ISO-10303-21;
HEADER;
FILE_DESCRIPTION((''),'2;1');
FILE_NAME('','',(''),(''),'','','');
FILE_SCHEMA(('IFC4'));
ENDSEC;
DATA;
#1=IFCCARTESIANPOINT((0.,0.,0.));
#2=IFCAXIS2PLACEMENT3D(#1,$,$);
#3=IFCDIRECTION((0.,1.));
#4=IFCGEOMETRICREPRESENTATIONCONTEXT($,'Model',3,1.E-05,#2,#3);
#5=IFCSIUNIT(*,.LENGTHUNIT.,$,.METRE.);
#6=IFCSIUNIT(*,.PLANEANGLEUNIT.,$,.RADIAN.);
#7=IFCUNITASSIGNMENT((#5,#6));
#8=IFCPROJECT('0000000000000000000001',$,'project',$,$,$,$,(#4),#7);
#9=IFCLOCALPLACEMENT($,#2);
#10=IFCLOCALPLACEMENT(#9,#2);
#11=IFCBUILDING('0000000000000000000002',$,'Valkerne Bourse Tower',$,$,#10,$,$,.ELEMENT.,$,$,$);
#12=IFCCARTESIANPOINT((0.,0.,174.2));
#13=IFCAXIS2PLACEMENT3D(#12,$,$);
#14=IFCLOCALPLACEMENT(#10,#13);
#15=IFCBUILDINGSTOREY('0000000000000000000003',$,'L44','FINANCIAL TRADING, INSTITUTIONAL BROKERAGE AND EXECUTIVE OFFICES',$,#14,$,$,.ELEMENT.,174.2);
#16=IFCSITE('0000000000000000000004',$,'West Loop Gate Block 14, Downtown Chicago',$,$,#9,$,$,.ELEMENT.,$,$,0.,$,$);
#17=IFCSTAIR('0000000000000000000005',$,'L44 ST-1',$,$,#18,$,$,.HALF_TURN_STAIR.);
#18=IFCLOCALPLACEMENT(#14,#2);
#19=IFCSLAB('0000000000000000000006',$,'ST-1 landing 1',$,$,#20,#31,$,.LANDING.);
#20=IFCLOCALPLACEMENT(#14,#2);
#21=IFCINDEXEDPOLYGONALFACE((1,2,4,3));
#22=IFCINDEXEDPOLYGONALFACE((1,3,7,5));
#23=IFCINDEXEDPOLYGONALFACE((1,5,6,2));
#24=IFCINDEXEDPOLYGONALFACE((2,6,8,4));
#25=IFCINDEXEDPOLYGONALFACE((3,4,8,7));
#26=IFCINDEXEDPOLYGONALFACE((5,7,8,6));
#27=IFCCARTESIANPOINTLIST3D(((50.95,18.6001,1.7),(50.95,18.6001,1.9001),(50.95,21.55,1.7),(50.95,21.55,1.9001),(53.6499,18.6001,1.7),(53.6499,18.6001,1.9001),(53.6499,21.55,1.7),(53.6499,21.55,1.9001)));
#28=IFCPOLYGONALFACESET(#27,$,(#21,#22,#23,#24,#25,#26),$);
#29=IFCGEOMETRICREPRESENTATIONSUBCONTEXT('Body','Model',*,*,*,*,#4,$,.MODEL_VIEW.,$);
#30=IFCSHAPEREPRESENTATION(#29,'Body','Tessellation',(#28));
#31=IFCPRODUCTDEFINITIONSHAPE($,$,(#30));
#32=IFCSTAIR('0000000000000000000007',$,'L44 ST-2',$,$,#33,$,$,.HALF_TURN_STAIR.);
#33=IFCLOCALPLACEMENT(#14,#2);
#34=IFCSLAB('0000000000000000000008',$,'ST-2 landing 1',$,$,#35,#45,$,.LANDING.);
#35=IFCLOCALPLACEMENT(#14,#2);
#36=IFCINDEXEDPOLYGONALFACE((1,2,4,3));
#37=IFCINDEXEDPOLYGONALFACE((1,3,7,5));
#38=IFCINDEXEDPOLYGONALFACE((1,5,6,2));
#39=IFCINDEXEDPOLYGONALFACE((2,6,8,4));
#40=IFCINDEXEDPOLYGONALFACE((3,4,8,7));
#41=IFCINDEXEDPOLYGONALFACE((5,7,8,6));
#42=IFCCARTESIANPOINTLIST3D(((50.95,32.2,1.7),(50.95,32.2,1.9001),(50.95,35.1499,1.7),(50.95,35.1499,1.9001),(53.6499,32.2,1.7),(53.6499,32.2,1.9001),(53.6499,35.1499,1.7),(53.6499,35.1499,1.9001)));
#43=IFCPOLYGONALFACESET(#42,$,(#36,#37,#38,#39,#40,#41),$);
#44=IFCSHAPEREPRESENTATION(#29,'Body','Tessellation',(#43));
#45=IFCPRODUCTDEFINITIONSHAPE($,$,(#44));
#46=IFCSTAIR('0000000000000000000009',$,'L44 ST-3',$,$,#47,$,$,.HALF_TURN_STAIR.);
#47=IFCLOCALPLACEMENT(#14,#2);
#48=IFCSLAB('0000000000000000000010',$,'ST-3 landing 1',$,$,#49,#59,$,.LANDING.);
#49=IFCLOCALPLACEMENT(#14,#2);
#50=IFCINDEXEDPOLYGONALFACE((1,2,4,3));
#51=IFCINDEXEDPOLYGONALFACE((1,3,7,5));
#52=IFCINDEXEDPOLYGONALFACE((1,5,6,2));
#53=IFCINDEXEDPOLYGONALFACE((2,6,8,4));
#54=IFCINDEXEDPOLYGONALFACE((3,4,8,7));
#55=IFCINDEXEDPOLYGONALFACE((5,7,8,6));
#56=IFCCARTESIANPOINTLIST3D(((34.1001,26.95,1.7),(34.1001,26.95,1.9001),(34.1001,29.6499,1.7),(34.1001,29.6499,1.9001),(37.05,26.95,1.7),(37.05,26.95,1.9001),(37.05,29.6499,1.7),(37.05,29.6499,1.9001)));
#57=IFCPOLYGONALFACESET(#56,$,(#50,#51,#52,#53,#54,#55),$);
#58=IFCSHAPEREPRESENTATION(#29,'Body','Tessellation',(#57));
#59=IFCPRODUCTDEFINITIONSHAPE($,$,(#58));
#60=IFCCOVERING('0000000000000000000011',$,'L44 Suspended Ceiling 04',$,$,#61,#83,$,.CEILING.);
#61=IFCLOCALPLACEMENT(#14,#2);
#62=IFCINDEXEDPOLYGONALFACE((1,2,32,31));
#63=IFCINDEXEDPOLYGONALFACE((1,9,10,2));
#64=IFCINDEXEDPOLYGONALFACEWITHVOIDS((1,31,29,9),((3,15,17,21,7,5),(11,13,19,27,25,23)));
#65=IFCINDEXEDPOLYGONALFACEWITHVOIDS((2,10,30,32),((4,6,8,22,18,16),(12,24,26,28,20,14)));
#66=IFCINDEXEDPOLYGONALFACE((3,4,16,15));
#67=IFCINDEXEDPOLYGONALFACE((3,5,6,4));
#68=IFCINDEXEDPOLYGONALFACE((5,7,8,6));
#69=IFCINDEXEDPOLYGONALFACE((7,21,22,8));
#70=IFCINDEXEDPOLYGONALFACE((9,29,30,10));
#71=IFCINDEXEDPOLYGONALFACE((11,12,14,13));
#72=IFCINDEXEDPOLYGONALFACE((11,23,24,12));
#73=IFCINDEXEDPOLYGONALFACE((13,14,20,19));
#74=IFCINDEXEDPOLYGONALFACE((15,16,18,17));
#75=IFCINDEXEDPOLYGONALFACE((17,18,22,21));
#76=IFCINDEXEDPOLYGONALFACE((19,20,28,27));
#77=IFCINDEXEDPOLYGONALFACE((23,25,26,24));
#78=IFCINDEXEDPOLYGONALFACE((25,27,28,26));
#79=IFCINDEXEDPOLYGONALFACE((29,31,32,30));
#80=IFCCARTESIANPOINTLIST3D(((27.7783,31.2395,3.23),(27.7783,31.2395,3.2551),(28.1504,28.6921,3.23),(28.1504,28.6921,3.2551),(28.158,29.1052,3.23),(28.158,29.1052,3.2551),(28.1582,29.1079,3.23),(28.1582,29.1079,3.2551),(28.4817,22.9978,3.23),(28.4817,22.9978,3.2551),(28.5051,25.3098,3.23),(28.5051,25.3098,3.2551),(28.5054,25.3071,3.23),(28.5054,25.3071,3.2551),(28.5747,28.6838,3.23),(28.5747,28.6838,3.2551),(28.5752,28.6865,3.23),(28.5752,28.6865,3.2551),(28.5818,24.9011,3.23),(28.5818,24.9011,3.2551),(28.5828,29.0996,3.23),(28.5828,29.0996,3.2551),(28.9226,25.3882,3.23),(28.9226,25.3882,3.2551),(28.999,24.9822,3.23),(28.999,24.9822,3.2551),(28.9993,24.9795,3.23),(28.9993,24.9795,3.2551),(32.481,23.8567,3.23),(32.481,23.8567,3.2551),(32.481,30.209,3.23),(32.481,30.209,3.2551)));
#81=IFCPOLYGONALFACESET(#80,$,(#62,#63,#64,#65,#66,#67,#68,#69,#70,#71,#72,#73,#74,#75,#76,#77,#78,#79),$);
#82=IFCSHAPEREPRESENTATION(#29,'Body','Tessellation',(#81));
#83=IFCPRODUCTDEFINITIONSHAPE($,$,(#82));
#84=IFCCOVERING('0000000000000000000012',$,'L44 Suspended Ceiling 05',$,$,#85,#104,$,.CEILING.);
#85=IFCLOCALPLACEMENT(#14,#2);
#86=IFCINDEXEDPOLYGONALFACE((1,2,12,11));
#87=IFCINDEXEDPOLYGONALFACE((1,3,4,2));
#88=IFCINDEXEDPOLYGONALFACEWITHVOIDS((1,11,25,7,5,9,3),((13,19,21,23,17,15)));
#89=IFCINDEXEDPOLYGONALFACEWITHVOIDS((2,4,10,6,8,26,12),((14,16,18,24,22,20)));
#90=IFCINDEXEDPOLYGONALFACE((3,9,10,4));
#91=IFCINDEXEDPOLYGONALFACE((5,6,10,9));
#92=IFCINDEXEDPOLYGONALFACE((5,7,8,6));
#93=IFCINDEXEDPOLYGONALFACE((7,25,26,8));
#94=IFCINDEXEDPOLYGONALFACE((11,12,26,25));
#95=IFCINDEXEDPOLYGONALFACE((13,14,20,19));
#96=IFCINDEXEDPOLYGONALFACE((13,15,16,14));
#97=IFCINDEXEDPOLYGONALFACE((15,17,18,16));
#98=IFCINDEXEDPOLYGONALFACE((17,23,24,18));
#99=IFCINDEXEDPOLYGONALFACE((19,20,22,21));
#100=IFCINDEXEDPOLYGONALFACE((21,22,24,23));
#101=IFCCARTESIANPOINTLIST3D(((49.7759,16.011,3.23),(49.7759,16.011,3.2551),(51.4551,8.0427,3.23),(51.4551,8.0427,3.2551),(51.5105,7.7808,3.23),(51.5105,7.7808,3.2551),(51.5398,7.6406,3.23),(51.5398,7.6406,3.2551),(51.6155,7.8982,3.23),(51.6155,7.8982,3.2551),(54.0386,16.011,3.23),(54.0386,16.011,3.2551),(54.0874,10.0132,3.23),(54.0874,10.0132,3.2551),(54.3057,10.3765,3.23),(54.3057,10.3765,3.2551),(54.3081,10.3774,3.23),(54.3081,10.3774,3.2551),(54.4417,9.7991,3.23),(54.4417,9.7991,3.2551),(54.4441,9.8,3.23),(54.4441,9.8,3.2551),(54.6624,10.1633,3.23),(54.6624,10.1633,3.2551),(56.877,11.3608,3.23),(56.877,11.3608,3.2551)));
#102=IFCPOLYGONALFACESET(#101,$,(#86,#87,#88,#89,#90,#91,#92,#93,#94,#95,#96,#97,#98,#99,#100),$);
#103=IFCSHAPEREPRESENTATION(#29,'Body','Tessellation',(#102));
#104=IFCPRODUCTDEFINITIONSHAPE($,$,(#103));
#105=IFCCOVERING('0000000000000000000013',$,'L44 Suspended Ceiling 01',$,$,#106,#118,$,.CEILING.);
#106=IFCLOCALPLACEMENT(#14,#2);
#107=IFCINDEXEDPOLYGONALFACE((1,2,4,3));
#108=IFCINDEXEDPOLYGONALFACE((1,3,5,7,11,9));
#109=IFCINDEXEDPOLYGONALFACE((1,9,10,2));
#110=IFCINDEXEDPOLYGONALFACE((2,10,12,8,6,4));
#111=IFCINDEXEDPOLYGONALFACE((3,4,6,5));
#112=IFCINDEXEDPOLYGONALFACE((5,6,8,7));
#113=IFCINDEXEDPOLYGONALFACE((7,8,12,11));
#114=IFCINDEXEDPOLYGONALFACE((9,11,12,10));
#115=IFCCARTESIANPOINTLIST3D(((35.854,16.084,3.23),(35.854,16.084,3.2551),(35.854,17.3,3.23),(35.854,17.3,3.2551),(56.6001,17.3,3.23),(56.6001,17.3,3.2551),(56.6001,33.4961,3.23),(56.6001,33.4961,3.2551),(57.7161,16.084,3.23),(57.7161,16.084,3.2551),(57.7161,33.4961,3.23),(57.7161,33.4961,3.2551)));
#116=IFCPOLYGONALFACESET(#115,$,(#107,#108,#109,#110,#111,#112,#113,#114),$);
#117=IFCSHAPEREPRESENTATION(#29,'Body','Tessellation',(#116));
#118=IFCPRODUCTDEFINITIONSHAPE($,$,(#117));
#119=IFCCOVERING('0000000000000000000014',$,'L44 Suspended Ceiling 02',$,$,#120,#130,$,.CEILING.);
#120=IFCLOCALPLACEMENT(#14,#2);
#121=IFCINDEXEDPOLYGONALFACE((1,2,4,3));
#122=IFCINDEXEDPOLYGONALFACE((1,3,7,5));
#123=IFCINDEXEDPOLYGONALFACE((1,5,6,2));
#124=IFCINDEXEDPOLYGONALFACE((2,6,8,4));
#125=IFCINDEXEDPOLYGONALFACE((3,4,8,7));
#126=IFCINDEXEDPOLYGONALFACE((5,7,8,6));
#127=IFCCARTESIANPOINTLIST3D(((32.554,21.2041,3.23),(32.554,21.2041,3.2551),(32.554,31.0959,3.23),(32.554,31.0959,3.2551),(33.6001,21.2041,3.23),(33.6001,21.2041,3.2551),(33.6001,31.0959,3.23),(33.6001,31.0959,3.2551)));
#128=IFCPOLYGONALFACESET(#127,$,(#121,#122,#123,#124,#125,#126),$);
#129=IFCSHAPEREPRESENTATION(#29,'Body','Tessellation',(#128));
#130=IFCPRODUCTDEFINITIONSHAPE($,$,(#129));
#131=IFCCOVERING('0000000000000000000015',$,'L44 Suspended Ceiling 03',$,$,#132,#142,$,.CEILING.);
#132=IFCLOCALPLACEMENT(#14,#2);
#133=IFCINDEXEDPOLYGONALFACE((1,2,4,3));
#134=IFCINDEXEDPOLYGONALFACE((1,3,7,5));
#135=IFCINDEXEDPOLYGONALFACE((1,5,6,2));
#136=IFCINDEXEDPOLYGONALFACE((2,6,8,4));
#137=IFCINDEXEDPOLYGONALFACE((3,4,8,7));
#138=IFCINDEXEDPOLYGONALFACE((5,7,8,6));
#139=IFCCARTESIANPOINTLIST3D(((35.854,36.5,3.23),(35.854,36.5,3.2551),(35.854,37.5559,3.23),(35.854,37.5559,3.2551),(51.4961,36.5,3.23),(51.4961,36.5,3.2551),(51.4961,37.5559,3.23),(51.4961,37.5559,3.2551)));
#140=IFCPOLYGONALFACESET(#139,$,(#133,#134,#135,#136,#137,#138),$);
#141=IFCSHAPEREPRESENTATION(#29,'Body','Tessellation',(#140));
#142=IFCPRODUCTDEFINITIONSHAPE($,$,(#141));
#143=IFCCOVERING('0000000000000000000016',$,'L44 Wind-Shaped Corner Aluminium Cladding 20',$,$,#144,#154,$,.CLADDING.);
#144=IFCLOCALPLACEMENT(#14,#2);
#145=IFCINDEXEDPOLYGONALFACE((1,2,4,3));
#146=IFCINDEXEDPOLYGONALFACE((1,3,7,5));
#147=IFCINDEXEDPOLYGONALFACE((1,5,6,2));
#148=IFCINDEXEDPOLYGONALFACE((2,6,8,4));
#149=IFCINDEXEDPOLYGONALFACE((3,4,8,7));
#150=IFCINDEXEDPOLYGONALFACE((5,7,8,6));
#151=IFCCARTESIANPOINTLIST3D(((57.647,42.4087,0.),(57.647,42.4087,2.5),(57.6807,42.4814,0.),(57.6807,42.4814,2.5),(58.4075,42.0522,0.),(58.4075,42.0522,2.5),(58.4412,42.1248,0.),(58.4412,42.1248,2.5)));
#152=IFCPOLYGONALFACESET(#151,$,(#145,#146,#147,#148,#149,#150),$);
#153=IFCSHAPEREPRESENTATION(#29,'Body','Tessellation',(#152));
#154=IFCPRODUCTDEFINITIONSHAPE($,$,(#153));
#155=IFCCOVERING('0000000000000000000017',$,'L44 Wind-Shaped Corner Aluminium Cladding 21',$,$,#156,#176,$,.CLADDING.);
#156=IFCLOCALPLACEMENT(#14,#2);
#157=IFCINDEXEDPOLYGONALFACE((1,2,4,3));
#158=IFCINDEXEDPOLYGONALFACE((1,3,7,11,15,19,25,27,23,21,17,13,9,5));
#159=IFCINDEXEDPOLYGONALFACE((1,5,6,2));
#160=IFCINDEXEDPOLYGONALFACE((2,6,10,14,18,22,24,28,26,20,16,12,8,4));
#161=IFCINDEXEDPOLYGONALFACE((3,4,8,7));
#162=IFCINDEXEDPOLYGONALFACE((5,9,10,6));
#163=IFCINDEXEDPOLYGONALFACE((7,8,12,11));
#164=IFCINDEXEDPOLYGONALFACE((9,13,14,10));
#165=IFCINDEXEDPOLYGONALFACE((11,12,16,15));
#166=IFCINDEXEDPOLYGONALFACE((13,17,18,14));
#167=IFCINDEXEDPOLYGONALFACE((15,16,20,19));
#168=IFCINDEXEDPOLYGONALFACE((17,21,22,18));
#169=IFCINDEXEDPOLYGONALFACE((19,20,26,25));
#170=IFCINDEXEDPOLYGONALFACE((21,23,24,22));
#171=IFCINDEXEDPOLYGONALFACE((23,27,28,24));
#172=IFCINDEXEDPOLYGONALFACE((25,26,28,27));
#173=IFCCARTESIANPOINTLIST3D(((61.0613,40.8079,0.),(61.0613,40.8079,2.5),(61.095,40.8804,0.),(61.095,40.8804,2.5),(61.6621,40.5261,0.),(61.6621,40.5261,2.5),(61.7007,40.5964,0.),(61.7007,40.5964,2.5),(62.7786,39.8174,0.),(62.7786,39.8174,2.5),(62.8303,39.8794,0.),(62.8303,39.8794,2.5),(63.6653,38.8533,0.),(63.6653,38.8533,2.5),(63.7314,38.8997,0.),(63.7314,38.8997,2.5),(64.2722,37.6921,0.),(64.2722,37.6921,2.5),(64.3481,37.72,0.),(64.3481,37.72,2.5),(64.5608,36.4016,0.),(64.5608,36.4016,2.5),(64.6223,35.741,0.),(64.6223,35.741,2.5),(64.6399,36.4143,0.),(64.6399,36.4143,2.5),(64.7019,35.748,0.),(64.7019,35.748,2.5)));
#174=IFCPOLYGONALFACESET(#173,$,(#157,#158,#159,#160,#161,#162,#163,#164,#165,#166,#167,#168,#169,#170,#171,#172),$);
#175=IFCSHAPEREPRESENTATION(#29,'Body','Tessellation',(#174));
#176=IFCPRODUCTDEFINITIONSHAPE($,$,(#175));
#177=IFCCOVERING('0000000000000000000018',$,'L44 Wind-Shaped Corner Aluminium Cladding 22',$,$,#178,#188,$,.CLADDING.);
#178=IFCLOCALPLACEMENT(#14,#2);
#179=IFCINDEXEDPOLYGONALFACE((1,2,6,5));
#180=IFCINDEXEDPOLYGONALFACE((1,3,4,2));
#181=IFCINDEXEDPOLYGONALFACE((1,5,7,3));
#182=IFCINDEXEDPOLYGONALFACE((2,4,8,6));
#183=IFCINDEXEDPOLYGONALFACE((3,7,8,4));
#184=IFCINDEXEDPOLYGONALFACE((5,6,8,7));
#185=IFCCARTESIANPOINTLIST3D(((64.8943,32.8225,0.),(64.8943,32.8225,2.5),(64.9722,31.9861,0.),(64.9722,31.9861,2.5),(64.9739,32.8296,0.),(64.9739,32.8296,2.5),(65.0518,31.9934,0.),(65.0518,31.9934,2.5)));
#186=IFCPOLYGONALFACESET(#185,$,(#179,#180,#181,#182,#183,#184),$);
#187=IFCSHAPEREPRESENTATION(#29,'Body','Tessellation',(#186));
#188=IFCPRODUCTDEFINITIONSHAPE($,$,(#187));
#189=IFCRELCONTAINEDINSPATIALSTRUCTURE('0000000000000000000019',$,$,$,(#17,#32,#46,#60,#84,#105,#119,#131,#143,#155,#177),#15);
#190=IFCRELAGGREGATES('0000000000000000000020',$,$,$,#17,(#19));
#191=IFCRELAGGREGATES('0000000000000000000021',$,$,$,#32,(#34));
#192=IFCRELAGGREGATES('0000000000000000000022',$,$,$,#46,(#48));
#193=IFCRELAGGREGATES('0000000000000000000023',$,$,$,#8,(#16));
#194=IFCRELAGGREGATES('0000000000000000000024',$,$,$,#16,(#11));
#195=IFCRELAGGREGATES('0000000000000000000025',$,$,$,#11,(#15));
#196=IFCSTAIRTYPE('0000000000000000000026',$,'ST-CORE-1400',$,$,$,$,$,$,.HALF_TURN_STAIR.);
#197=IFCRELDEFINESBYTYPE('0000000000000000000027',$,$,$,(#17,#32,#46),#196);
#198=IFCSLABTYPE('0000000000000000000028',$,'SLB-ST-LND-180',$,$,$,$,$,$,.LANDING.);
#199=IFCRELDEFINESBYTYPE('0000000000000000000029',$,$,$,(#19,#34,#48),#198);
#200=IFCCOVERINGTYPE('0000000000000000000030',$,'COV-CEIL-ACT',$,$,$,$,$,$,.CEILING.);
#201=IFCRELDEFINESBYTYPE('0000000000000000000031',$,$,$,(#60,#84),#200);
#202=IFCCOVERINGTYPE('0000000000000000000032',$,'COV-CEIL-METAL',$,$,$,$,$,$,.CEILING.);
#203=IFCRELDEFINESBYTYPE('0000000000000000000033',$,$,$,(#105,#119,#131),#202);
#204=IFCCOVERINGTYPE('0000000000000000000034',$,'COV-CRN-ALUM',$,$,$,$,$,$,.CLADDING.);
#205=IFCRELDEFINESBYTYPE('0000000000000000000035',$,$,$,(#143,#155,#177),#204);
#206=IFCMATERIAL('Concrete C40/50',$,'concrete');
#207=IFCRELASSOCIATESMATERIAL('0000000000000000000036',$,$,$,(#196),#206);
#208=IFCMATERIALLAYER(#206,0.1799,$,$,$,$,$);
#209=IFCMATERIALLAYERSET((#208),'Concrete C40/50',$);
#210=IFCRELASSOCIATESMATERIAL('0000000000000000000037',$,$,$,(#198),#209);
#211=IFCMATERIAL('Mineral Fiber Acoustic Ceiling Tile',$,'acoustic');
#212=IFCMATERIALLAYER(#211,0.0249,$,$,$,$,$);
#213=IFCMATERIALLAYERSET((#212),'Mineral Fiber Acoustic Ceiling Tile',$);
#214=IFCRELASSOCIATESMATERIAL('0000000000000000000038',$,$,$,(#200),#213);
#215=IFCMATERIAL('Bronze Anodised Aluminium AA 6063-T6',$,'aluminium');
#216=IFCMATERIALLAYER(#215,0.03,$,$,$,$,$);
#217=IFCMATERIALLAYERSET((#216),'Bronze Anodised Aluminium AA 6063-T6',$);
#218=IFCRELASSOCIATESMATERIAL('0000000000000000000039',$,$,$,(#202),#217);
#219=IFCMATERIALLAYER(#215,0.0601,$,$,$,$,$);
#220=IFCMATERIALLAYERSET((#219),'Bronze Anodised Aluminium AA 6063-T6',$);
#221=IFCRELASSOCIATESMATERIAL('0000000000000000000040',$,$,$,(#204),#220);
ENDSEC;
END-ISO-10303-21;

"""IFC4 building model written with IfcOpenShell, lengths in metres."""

from ifc_helpers import new_model, si_unit, direction, frame, origin, place, context, subcontext, project, spatial, polyline, outline, extrude, material, layer, layer_set, type_object, element, aggregate, save


model = new_model("IFC4")

# Units and contexts
model_context = context("Model", 3, precision=1e-05, world=origin(), true_north=direction((0.0, 1.0)))
body_context = subcontext(model_context, "Body", "Model", "MODEL_VIEW")
ifc_project = project(units=[si_unit("LENGTHUNIT", "METRE"), si_unit("PLANEANGLEUNIT", "RADIAN")], contexts=[model_context])

# Site, building, storey
site_placement = place(None, origin())
site = spatial("IfcSite", under=ifc_project, at=site_placement, Name="West Loop Gate Block 14, Downtown Chicago", CompositionType="ELEMENT", RefElevation=0.0)
building_placement = place(site_placement, origin())
building = spatial("IfcBuilding", under=site, at=building_placement, Name="Valkerne Bourse Tower", CompositionType="ELEMENT")
storey_placement = place(building_placement, frame((0.0, 0.0, 174.2)))
storey = spatial("IfcBuildingStorey", under=building, at=storey_placement, Name="L44", Description="FINANCIAL TRADING, INSTITUTIONAL BROKERAGE AND EXECUTIVE OFFICES", CompositionType="ELEMENT", Elevation=174.2)

# Stairs, slabs
ifc_material_1 = material(Name="Concrete C40/50", Category="concrete")
stair_type = type_object("IfcStairType", Name="ST-CORE-1400", PredefinedType="HALF_TURN_STAIR", material=ifc_material_1)
stair_1_placement = place(storey_placement, origin())
stair_1 = element("IfcStair", 1, at=stair_1_placement, inside=storey, type_object=stair_type, Name="L44 ST-1", PredefinedType="HALF_TURN_STAIR")
ifc_layer_1 = layer(ifc_material_1, 0.1799)
ifc_layer_set_1 = layer_set([ifc_layer_1], Name="Concrete C40/50")
slab_type = type_object("IfcSlabType", Name="SLB-ST-LND-180", PredefinedType="LANDING", material=ifc_layer_set_1)
slab_1_placement = place(storey_placement, frame((0.0, 0.0, 1.7)))
slab_1 = element("IfcSlab", 2, at=slab_1_placement, type_object=slab_type, Name="ST-1 landing 1", PredefinedType="LANDING", context=body_context, shape_type="SweptSolid", body=[
    extrude(outline(polyline([(50.95, 18.6001), (53.6499, 18.6001), (53.6499, 21.55), (50.95, 21.55), (50.95, 18.6001)])), origin(), (0.0, 0.0, 1.0), 0.2002),
])
aggregate(stair_1, [slab_1])
stair_2_placement = place(storey_placement, origin())
stair_2 = element("IfcStair", 3, at=stair_2_placement, inside=storey, type_object=stair_type, Name="L44 ST-2", PredefinedType="HALF_TURN_STAIR")
slab_2_placement = place(storey_placement, frame((0.0, 0.0, 1.7)))
slab_2 = element("IfcSlab", 4, at=slab_2_placement, type_object=slab_type, Name="ST-2 landing 1", PredefinedType="LANDING", context=body_context, shape_type="SweptSolid", body=[
    extrude(outline(polyline([(50.95, 32.2), (53.6499, 32.2), (53.6499, 35.1499), (50.95, 35.1499), (50.95, 32.2)])), origin(), (0.0, 0.0, 1.0), 0.2002),
])
aggregate(stair_2, [slab_2])
stair_3_placement = place(storey_placement, origin())
stair_3 = element("IfcStair", 5, at=stair_3_placement, inside=storey, type_object=stair_type, Name="L44 ST-3", PredefinedType="HALF_TURN_STAIR")
slab_3_placement = place(storey_placement, frame((0.0, 0.0, 1.7)))
slab_3 = element("IfcSlab", 6, at=slab_3_placement, type_object=slab_type, Name="ST-3 landing 1", PredefinedType="LANDING", context=body_context, shape_type="SweptSolid", body=[
    extrude(outline(polyline([(37.05, 26.95), (37.05, 29.6499), (34.1001, 29.6499), (34.1001, 26.95), (37.05, 26.95)])), origin(), (0.0, 0.0, 1.0), 0.2002),
])
aggregate(stair_3, [slab_3])

# Coverings
ifc_material_2 = material(Name="Mineral Fiber Acoustic Ceiling Tile", Category="acoustic")
ifc_layer_2 = layer(ifc_material_2, 0.0249)
ifc_layer_set_2 = layer_set([ifc_layer_2], Name="Mineral Fiber Acoustic Ceiling Tile")
covering_type_1 = type_object("IfcCoveringType", Name="COV-CEIL-ACT", PredefinedType="CEILING", material=ifc_layer_set_2)
covering_1_placement = place(storey_placement, frame((0.0, 0.0, 3.23)))
element("IfcCovering", 7, at=covering_1_placement, inside=storey, type_object=covering_type_1, Name="L44 Suspended Ceiling 04", PredefinedType="CEILING", context=body_context, shape_type="SweptSolid", body=[
    extrude(outline(polyline([(32.481, 23.8567), (28.4817, 22.9978), (27.7783, 31.2395), (32.481, 30.209), (32.481, 23.8567)]), holes=[polyline([(28.999, 24.9822), (28.9226, 25.3882), (28.5051, 25.3098), (28.5054, 25.3071), (28.5818, 24.9011), (28.9993, 24.9795), (28.999, 24.9822)]), polyline([(28.5828, 29.0996), (28.1582, 29.1079), (28.158, 29.1052), (28.1504, 28.6921), (28.5747, 28.6838), (28.5752, 28.6865), (28.5828, 29.0996)])]), origin(), (0.0, 0.0, 1.0), 0.0251),
])
covering_2_placement = place(storey_placement, frame((0.0, 0.0, 3.23)))
element("IfcCovering", 8, at=covering_2_placement, inside=storey, type_object=covering_type_1, Name="L44 Suspended Ceiling 05", PredefinedType="CEILING", context=body_context, shape_type="SweptSolid", body=[
    extrude(outline(polyline([(54.0386, 16.011), (56.877, 11.3608), (51.5398, 7.6406), (51.5105, 7.7808), (51.6155, 7.8982), (51.4551, 8.0427), (49.7759, 16.011), (54.0386, 16.011)]), holes=[polyline([(54.6624, 10.1633), (54.3081, 10.3774), (54.3057, 10.3765), (54.0874, 10.0132), (54.4417, 9.7991), (54.4441, 9.8), (54.6624, 10.1633)])]), origin(), (0.0, 0.0, 1.0), 0.0251),
])
ifc_material_3 = material(Name="Bronze Anodised Aluminium AA 6063-T6", Category="aluminium")
ifc_layer_3 = layer(ifc_material_3, 0.03)
ifc_layer_set_3 = layer_set([ifc_layer_3], Name="Bronze Anodised Aluminium AA 6063-T6")
covering_type_2 = type_object("IfcCoveringType", Name="COV-CEIL-METAL", PredefinedType="CEILING", material=ifc_layer_set_3)
covering_3_placement = place(storey_placement, frame((0.0, 0.0, 3.23)))
element("IfcCovering", 9, at=covering_3_placement, inside=storey, type_object=covering_type_2, Name="L44 Suspended Ceiling 01", PredefinedType="CEILING", context=body_context, shape_type="SweptSolid", body=[
    extrude(outline(polyline([(35.854, 17.3), (56.6001, 17.3), (56.6001, 33.4961), (57.7161, 33.4961), (57.7161, 16.084), (35.854, 16.084), (35.854, 17.3)])), origin(), (0.0, 0.0, 1.0), 0.0251),
])
covering_4_placement = place(storey_placement, frame((0.0, 0.0, 3.23)))
element("IfcCovering", 10, at=covering_4_placement, inside=storey, type_object=covering_type_2, Name="L44 Suspended Ceiling 02", PredefinedType="CEILING", context=body_context, shape_type="SweptSolid", body=[
    extrude(outline(polyline([(32.554, 21.2041), (32.554, 31.0959), (33.6001, 31.0959), (33.6001, 21.2041), (32.554, 21.2041)])), origin(), (0.0, 0.0, 1.0), 0.0251),
])
covering_5_placement = place(storey_placement, frame((0.0, 0.0, 3.23)))
element("IfcCovering", 11, at=covering_5_placement, inside=storey, type_object=covering_type_2, Name="L44 Suspended Ceiling 03", PredefinedType="CEILING", context=body_context, shape_type="SweptSolid", body=[
    extrude(outline(polyline([(35.854, 37.5559), (51.4961, 37.5559), (51.4961, 36.5), (35.854, 36.5), (35.854, 37.5559)])), origin(), (0.0, 0.0, 1.0), 0.0251),
])
ifc_layer_4 = layer(ifc_material_3, 0.0601)
ifc_layer_set_4 = layer_set([ifc_layer_4], Name="Bronze Anodised Aluminium AA 6063-T6")
covering_type_3 = type_object("IfcCoveringType", Name="COV-CRN-ALUM", PredefinedType="CLADDING", material=ifc_layer_set_4)
covering_6_placement = place(storey_placement, origin())
element("IfcCovering", 12, at=covering_6_placement, inside=storey, type_object=covering_type_3, Name="L44 Wind-Shaped Corner Aluminium Cladding 20", PredefinedType="CLADDING", context=body_context, shape_type="SweptSolid", body=[
    extrude(outline(polyline([(58.4412, 42.1248), (58.4075, 42.0522), (57.647, 42.4087), (57.6807, 42.4814), (58.4412, 42.1248)])), origin(), (0.0, 0.0, 1.0), 2.5),
])
covering_7_placement = place(storey_placement, origin())
element("IfcCovering", 13, at=covering_7_placement, inside=storey, type_object=covering_type_3, Name="L44 Wind-Shaped Corner Aluminium Cladding 21", PredefinedType="CLADDING", context=body_context, shape_type="SweptSolid", body=[
    extrude(outline(polyline([(61.7007, 40.5964), (62.8303, 39.8794), (63.7314, 38.8997), (64.3481, 37.72), (64.6399, 36.4143), (64.7019, 35.748), (64.6223, 35.741), (64.5608, 36.4016), (64.2722, 37.6921), (63.6653, 38.8533), (62.7786, 39.8174), (61.6621, 40.5261), (61.0613, 40.8079), (61.095, 40.8804), (61.7007, 40.5964)])), origin(), (0.0, 0.0, 1.0), 2.5),
])
covering_8_placement = place(storey_placement, origin())
element("IfcCovering", 14, at=covering_8_placement, inside=storey, type_object=covering_type_3, Name="L44 Wind-Shaped Corner Aluminium Cladding 22", PredefinedType="CLADDING", context=body_context, shape_type="SweptSolid", body=[
    extrude(outline(polyline([(65.0518, 31.9934), (64.9722, 31.9861), (64.8943, 32.8225), (64.9739, 32.8296), (65.0518, 31.9934)])), origin(), (0.0, 0.0, 1.0), 2.5),
])

save(model, "model.ifc")
